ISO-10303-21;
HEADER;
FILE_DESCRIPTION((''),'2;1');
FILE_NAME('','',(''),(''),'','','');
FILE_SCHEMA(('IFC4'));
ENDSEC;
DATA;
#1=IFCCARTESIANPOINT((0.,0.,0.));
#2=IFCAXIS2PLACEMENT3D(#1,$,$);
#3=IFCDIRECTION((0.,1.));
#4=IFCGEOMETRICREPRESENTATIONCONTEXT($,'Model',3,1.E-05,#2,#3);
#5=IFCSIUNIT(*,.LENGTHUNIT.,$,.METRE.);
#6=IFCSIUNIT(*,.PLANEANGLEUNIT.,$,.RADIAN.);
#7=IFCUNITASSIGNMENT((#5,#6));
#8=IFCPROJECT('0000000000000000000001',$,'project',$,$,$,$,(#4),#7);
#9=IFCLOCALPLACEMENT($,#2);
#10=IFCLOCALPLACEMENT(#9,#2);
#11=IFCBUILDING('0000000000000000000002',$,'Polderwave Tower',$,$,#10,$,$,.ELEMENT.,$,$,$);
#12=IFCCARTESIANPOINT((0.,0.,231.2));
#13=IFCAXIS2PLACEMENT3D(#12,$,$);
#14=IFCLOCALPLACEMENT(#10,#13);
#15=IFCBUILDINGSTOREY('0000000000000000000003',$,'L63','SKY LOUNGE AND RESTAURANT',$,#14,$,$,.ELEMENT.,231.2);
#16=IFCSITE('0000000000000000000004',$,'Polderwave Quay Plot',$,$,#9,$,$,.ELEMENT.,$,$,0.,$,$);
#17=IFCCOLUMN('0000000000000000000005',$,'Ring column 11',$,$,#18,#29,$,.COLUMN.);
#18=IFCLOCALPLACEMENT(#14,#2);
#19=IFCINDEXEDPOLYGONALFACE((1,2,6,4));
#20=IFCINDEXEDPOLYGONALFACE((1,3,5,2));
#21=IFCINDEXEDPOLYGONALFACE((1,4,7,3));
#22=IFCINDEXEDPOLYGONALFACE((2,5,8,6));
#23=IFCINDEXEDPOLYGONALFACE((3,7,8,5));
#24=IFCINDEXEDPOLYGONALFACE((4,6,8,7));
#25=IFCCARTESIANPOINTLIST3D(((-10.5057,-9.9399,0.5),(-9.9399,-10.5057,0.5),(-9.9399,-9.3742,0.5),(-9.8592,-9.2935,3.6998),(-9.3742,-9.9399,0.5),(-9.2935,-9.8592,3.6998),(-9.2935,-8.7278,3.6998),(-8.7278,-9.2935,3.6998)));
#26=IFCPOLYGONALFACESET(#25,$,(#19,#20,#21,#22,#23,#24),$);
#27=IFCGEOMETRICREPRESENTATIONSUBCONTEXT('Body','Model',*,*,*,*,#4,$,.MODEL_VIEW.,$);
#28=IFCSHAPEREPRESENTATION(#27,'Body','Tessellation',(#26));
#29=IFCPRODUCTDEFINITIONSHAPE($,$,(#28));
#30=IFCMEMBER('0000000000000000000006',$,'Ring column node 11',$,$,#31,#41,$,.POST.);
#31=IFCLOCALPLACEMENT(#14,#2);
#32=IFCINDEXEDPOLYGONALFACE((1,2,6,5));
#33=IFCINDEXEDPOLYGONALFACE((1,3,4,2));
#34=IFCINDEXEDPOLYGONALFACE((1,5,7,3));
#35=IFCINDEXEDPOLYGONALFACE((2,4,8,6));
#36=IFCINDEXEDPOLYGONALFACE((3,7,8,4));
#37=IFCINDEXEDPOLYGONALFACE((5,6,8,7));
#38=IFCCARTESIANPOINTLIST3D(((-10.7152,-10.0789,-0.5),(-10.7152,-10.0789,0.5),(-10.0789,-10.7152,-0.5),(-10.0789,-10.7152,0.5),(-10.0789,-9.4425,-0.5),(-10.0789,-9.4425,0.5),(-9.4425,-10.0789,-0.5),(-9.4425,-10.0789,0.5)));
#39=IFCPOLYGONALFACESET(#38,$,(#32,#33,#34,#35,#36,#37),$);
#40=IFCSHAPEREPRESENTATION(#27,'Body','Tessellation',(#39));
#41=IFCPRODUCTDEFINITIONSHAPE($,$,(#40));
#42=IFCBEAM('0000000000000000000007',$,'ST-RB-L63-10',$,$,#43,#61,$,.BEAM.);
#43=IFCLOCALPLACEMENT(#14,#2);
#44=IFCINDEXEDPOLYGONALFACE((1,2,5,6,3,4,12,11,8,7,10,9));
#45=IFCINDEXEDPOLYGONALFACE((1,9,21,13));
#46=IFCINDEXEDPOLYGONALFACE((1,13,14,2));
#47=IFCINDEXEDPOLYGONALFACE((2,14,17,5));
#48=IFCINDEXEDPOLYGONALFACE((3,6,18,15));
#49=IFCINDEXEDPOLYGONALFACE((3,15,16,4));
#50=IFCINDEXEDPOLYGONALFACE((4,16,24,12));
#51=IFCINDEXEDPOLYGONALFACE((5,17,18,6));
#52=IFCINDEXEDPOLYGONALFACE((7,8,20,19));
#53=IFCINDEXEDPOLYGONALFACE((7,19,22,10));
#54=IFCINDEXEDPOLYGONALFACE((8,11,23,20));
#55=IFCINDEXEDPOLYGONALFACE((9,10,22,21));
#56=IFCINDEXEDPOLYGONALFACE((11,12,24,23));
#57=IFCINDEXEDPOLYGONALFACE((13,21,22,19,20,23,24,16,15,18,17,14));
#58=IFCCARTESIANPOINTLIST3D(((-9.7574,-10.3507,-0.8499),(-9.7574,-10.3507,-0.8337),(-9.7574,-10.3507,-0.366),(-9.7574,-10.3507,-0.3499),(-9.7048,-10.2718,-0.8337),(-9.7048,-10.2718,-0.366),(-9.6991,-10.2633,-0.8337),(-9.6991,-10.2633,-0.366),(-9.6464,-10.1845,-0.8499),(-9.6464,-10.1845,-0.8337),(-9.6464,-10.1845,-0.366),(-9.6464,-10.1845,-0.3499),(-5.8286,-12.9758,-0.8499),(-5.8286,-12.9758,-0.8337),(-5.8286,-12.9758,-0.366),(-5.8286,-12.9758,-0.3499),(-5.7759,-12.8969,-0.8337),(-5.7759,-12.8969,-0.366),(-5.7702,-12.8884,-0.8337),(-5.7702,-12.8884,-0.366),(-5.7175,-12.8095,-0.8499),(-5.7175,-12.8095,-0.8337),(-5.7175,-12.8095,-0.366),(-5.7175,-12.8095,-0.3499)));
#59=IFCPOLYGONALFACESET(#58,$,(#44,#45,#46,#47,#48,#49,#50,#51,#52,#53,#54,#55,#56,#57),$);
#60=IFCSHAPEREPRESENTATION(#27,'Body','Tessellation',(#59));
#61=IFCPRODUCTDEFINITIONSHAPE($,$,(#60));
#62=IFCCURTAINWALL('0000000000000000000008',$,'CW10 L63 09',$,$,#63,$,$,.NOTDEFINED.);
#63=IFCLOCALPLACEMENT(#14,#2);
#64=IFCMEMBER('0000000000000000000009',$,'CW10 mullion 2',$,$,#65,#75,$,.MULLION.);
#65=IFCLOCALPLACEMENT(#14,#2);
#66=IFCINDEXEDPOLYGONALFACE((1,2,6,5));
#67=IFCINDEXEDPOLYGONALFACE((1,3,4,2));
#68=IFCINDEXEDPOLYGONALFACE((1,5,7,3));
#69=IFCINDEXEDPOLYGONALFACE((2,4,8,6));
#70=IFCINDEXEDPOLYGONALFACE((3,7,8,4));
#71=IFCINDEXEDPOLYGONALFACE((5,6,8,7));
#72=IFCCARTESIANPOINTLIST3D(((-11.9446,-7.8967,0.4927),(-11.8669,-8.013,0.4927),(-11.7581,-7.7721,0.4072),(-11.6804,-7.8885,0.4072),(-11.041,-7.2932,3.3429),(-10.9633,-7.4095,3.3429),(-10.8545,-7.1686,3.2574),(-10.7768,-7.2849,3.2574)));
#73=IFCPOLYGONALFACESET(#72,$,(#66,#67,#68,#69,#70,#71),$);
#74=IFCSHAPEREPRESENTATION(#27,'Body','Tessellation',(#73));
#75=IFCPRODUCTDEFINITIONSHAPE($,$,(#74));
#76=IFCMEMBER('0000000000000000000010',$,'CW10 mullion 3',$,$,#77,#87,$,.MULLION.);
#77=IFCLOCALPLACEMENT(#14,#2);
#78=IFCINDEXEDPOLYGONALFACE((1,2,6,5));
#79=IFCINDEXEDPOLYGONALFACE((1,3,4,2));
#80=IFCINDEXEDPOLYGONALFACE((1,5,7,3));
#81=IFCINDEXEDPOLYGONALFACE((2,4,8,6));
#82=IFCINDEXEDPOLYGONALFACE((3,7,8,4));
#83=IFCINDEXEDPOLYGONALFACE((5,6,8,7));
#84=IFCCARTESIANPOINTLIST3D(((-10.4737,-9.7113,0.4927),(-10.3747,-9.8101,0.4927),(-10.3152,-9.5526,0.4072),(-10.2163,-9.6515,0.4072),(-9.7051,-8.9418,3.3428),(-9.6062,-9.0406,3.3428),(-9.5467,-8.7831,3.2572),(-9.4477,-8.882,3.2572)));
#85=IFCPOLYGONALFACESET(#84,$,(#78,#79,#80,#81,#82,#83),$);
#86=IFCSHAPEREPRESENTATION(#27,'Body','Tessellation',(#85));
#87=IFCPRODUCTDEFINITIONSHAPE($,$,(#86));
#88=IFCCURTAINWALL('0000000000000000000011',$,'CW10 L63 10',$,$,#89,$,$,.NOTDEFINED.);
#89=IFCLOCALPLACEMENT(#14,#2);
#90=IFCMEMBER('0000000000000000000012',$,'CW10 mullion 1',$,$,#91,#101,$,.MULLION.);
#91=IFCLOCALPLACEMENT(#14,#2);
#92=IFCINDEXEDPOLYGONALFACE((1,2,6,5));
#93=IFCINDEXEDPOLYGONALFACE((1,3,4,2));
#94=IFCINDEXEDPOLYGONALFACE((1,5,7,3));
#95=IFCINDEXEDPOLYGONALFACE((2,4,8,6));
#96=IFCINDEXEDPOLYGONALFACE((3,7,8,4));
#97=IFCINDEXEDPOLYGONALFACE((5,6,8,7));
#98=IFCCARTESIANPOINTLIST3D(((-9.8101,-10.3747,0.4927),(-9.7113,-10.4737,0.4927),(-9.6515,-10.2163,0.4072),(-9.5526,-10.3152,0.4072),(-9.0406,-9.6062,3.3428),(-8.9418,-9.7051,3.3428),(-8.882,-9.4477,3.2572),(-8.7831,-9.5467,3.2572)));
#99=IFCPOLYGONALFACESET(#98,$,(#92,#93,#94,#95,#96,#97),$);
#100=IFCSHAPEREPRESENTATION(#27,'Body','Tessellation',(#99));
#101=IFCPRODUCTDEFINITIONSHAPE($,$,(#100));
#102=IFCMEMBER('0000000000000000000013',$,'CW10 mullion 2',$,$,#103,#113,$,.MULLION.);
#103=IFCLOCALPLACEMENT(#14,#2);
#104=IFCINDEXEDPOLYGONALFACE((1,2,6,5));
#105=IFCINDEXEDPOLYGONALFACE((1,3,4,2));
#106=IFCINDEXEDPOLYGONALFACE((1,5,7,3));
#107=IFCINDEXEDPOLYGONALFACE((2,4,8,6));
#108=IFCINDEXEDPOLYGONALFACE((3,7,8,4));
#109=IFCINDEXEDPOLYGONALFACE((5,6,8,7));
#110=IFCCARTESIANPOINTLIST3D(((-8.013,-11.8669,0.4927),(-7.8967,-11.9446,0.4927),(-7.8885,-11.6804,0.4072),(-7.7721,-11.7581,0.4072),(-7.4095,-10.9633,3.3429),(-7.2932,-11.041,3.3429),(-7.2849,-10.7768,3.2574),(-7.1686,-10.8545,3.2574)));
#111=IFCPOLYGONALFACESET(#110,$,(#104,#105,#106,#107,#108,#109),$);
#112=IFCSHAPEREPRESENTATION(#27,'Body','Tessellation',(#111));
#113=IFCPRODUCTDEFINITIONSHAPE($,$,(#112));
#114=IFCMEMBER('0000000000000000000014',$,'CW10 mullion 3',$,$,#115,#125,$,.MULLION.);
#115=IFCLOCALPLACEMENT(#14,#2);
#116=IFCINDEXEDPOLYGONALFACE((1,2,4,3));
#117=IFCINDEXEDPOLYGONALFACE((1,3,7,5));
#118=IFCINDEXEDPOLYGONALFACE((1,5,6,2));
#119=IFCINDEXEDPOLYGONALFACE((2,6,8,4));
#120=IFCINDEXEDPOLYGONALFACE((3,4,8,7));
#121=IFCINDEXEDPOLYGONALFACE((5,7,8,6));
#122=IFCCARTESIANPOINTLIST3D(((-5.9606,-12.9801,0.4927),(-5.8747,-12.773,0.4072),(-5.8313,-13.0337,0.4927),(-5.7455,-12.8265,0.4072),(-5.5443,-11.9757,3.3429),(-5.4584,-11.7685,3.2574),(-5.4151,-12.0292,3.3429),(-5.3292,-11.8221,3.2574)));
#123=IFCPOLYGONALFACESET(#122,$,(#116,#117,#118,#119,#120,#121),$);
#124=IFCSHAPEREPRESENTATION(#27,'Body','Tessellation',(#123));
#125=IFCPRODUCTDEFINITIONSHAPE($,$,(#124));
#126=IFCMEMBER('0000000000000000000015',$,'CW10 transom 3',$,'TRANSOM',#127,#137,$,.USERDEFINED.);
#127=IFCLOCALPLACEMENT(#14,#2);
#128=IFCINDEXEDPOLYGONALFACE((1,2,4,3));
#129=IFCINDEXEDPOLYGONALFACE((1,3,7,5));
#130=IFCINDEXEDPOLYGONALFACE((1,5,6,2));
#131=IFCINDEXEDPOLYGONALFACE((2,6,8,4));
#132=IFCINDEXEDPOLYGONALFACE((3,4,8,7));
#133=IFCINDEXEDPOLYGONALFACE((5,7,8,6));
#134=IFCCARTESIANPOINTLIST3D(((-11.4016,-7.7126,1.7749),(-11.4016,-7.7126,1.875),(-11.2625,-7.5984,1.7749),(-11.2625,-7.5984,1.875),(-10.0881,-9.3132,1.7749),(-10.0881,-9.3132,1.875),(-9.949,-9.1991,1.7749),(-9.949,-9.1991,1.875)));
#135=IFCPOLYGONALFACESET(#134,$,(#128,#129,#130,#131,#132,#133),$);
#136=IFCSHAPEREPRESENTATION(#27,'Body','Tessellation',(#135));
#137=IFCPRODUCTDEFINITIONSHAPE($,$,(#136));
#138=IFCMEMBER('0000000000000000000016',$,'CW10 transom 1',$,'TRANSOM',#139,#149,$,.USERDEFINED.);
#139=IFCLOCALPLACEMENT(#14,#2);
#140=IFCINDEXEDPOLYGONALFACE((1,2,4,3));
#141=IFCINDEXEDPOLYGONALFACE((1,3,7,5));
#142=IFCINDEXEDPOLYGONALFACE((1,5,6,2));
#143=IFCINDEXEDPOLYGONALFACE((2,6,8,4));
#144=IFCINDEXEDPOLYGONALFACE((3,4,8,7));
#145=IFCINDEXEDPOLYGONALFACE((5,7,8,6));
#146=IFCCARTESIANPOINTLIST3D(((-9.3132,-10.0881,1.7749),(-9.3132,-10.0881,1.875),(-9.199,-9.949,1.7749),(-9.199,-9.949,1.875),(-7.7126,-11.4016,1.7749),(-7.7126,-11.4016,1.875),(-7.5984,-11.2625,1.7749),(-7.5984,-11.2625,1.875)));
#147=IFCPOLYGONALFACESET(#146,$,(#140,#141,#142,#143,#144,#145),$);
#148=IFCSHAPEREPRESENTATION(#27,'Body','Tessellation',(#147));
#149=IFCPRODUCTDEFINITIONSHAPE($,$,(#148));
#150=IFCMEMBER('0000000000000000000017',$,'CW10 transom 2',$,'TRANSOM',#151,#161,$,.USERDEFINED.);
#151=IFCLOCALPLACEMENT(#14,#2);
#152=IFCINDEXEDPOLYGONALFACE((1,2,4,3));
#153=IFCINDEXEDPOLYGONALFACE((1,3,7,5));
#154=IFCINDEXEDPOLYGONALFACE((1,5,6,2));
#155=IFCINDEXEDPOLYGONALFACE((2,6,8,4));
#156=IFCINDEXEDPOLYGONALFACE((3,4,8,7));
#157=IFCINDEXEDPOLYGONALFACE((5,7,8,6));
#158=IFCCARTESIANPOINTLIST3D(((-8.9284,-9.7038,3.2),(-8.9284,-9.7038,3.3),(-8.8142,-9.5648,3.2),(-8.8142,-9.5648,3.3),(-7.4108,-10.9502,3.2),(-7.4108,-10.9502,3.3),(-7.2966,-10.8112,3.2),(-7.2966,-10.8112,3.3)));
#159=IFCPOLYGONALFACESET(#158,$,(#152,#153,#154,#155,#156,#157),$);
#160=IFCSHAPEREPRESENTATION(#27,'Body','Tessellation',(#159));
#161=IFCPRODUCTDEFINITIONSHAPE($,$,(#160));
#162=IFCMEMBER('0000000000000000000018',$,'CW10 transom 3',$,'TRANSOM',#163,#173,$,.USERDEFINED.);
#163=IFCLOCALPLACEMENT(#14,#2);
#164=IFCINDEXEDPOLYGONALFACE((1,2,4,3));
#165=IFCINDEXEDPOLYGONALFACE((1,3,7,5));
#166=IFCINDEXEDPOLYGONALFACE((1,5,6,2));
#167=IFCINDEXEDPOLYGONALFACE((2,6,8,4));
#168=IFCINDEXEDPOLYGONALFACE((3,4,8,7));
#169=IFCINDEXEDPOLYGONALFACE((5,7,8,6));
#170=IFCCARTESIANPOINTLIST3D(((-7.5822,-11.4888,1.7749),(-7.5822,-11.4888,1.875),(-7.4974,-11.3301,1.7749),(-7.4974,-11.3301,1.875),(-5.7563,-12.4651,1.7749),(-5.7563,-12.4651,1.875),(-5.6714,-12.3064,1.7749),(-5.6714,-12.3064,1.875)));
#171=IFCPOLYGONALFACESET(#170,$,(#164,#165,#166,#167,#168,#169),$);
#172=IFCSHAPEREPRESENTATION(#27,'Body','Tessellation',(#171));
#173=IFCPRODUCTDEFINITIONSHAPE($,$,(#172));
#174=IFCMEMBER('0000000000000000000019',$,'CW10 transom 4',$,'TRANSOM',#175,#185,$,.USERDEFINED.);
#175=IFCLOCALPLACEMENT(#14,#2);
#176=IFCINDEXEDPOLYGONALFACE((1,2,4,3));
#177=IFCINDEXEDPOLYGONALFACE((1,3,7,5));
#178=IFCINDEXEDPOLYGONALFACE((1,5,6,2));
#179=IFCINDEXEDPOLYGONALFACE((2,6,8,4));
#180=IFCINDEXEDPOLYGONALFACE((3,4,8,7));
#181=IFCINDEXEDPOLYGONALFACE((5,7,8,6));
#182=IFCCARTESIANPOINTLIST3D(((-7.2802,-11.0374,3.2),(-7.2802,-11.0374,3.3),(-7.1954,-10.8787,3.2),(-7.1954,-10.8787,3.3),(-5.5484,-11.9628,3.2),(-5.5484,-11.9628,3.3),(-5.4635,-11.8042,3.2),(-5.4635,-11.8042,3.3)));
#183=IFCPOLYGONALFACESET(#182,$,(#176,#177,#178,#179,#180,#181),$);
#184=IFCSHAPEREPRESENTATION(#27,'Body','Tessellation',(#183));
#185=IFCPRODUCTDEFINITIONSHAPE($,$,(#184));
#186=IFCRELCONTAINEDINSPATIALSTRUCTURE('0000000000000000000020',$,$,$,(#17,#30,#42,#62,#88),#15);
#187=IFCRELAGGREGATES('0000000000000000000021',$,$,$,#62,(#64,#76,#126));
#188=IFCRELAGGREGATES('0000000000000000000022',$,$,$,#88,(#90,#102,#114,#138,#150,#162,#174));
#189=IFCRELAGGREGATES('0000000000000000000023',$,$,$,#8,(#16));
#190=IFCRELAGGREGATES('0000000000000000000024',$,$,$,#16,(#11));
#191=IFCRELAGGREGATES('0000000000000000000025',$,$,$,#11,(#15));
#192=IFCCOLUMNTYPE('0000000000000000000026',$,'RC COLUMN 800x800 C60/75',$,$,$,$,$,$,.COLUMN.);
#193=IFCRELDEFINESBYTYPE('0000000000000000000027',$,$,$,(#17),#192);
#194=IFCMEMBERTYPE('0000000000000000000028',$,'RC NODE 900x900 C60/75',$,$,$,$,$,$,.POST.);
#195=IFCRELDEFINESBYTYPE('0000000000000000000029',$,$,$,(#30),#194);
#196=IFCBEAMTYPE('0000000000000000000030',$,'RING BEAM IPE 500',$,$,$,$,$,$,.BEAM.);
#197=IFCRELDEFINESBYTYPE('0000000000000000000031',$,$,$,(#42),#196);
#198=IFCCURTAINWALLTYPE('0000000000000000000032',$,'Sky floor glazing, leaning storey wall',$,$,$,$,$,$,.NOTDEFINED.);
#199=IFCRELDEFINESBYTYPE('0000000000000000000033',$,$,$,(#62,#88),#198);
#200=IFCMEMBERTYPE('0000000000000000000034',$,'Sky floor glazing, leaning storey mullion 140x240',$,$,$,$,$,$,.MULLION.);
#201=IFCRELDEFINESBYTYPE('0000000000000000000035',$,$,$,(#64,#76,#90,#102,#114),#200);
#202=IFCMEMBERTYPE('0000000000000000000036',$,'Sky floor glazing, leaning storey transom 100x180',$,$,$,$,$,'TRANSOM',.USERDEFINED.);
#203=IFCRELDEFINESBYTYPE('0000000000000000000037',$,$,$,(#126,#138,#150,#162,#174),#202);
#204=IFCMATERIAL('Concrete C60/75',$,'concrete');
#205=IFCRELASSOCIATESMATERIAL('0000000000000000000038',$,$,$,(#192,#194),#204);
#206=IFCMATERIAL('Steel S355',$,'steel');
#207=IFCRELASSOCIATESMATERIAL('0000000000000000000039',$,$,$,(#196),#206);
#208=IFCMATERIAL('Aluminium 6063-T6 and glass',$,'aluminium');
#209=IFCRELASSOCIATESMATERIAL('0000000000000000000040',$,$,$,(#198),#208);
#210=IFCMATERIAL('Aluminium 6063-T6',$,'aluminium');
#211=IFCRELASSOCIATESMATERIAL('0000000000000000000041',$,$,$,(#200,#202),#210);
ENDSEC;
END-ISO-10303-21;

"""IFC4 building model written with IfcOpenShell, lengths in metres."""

from ifc_helpers import new_model, si_unit, direction, frame, origin, origin_2d, place, context, subcontext, project, spatial, rectangle, i_section, extrude, material, material_profile, profile_set, type_object, element, aggregate, save


model = new_model("IFC4")

# Units and contexts
model_context = context("Model", 3, precision=1e-05, world=origin(), true_north=direction((0.0, 1.0)))
body_context = subcontext(model_context, "Body", "Model", "MODEL_VIEW")
ifc_project = project(units=[si_unit("LENGTHUNIT", "METRE"), si_unit("PLANEANGLEUNIT", "RADIAN")], contexts=[model_context])

# Site, building, storey
site_placement = place(None, origin())
site = spatial("IfcSite", under=ifc_project, at=site_placement, Name="Polderwave Quay Plot", CompositionType="ELEMENT", RefElevation=0.0)
building_placement = place(site_placement, origin())
building = spatial("IfcBuilding", under=site, at=building_placement, Name="Polderwave Tower", CompositionType="ELEMENT")
storey_placement = place(building_placement, frame((0.0, 0.0, 231.2)))
storey = spatial("IfcBuildingStorey", under=building, at=storey_placement, Name="L63", Description="SKY LOUNGE AND RESTAURANT", CompositionType="ELEMENT", Elevation=231.2)

# Column
ifc_material_1 = material(Name="Concrete C60/75", Category="concrete")
ifc_material_profile_1 = material_profile(ifc_material_1, rectangle(XDim=0.8, YDim=0.8, at=origin_2d()), Name="RC 800x800")
ifc_profile_set_1 = profile_set([ifc_material_profile_1], Name="Concrete C60/75")
column_type = type_object("IfcColumnType", Name="RC COLUMN 800x800 C60/75", PredefinedType="COLUMN", material=ifc_profile_set_1)
column_placement = place(storey_placement, frame((-9.9399, -9.9399, 0.5), z_axis=(0.0, 0.0, 1.0), x_axis=(-0.707107, 0.707107, 0.0)))
element("IfcColumn", 1, at=column_placement, inside=storey, type_object=column_type, Name="Ring column 11", PredefinedType="COLUMN", context=body_context, shape_type="SweptSolid", body=[
    extrude(rectangle(XDim=0.8, YDim=0.8, at=origin_2d()), origin(), (0.0, -0.27472, 0.961524), 3.3279),
])

# Member
ifc_material_profile_2 = material_profile(ifc_material_1, rectangle(XDim=0.8999, YDim=0.8999, at=origin_2d()), Name="RC 900x900")
ifc_profile_set_2 = profile_set([ifc_material_profile_2], Name="Concrete C60/75")
member_type_1 = type_object("IfcMemberType", Name="RC NODE 900x900 C60/75", PredefinedType="POST", material=ifc_profile_set_2)
member_1_placement = place(storey_placement, frame((-10.0789, -10.0789, -0.5), z_axis=(0.0, 0.0, 1.0), x_axis=(-0.707107, -0.707107, 0.0)))
element("IfcMember", 2, at=member_1_placement, inside=storey, type_object=member_type_1, Name="Ring column node 11", PredefinedType="POST", context=body_context, shape_type="SweptSolid", body=[
    extrude(rectangle(XDim=0.8999, YDim=0.8999, at=origin_2d()), origin(), (0.0, 0.0, 1.0), 1.0),
])

# Beam
ifc_material_2 = material(Name="Steel S355", Category="steel")
ifc_material_profile_3 = material_profile(ifc_material_2, i_section(OverallWidth=0.2, OverallDepth=0.5, WebThickness=0.0103, FlangeThickness=0.0161, at=origin_2d()), Name="IPE 500")
ifc_profile_set_3 = profile_set([ifc_material_profile_3], Name="Steel S355")
beam_type = type_object("IfcBeamType", Name="RING BEAM IPE 500", PredefinedType="BEAM", material=ifc_profile_set_3)
beam_placement = place(storey_placement, frame((-9.7019, -10.2676, -0.5999), z_axis=(0.831478, -0.555558, 0.0), x_axis=(0.555558, 0.831478, 0.0)))
element("IfcBeam", 3, at=beam_placement, inside=storey, type_object=beam_type, Name="ST-RB-L63-10", PredefinedType="BEAM", context=body_context, shape_type="SweptSolid", body=[
    extrude(i_section(OverallWidth=0.2, OverallDepth=0.5, WebThickness=0.0103, FlangeThickness=0.0161, at=origin_2d()), origin(), (0.0, 0.0, 1.0), 4.7251),
])

# Curtain walls, members
ifc_material_3 = material(Name="Aluminium 6063-T6 and glass", Category="aluminium")
curtain_wall_type = type_object("IfcCurtainWallType", Name="Sky floor glazing, leaning storey wall", PredefinedType="NOTDEFINED", material=ifc_material_3)
curtain_wall_1_placement = place(storey_placement, origin())
curtain_wall_1 = element("IfcCurtainWall", 4, at=curtain_wall_1_placement, inside=storey, type_object=curtain_wall_type, Name="CW10 L63 09", PredefinedType="NOTDEFINED")
ifc_material_4 = material(Name="Aluminium 6063-T6", Category="aluminium")
ifc_material_profile_4 = material_profile(ifc_material_4, rectangle(XDim=0.1399, YDim=0.24, at=origin_2d()), Name="AL 140x240")
ifc_profile_set_4 = profile_set([ifc_material_profile_4], Name="Aluminium 6063-T6")
member_type_2 = type_object("IfcMemberType", Name="Sky floor glazing, leaning storey mullion 140x240", PredefinedType="MULLION", material=ifc_profile_set_4)
member_2_placement = place(storey_placement, frame((-11.8125, -7.8926, 0.45), z_axis=(0.296231, 0.197861, 0.934397), x_axis=(-0.555426, 0.831566, 0.0)))
member_2 = element("IfcMember", 5, at=member_2_placement, type_object=member_type_2, Name="CW10 mullion 2", PredefinedType="MULLION", context=body_context, shape_type="SweptSolid", body=[
    extrude(rectangle(XDim=0.1399, YDim=0.24, at=origin_2d()), origin(), (0.0, 0.0, 1.0), 3.0503),
])
member_3_placement = place(storey_placement, frame((-10.345, -9.6814, 0.45), z_axis=(0.251939, 0.252259, 0.934287), x_axis=(-0.707556, 0.706658, 0.0)))
member_3 = element("IfcMember", 6, at=member_3_placement, type_object=member_type_2, Name="CW10 mullion 3", PredefinedType="MULLION", context=body_context, shape_type="SweptSolid", body=[
    extrude(rectangle(XDim=0.1399, YDim=0.24, at=origin_2d()), origin(), (0.0, 0.0, 1.0), 3.0505),
])
curtain_wall_2_placement = place(storey_placement, origin())
curtain_wall_2 = element("IfcCurtainWall", 7, at=curtain_wall_2_placement, inside=storey, type_object=curtain_wall_type, Name="CW10 L63 10", PredefinedType="NOTDEFINED")
member_4_placement = place(storey_placement, frame((-9.6814, -10.345, 0.45), z_axis=(0.252259, 0.251939, 0.934287), x_axis=(-0.706658, 0.707556, 0.0)))
member_4 = element("IfcMember", 8, at=member_4_placement, type_object=member_type_2, Name="CW10 mullion 1", PredefinedType="MULLION", context=body_context, shape_type="SweptSolid", body=[
    extrude(rectangle(XDim=0.1399, YDim=0.24, at=origin_2d()), origin(), (0.0, 0.0, 1.0), 3.0505),
])
member_5_placement = place(storey_placement, frame((-7.8926, -11.8125, 0.45), z_axis=(0.197861, 0.296231, 0.934397), x_axis=(-0.831566, 0.555426, 0.0)))
member_5 = element("IfcMember", 9, at=member_5_placement, type_object=member_type_2, Name="CW10 mullion 2", PredefinedType="MULLION", context=body_context, shape_type="SweptSolid", body=[
    extrude(rectangle(XDim=0.1399, YDim=0.24, at=origin_2d()), origin(), (0.0, 0.0, 1.0), 3.0503),
])
member_6_placement = place(storey_placement, frame((-5.853, -12.9033, 0.45), z_axis=(0.136459, 0.329263, 0.934326), x_axis=(-0.923806, 0.382861, 0.0)))
member_6 = element("IfcMember", 10, at=member_6_placement, type_object=member_type_2, Name="CW10 mullion 3", PredefinedType="MULLION", context=body_context, shape_type="SweptSolid", body=[
    extrude(rectangle(XDim=0.1399, YDim=0.24, at=origin_2d()), origin(), (0.0, 0.0, 1.0), 3.0505),
])

# Members
ifc_material_profile_5 = material_profile(ifc_material_4, rectangle(XDim=0.1799, YDim=0.1001, at=origin_2d()), Name="AL 100x180")
ifc_profile_set_5 = profile_set([ifc_material_profile_5], Name="Aluminium 6063-T6")
member_type_3 = type_object("IfcMemberType", Name="Sky floor glazing, leaning storey transom 100x180", ElementType="TRANSOM", PredefinedType="USERDEFINED", material=ifc_profile_set_5)
member_7_placement = place(storey_placement, frame((-11.332, -7.6555, 1.825), z_axis=(0.634367, -0.773032, 0.0), x_axis=(0.773032, 0.634367, 0.0)))
member_7 = element("IfcMember", 11, at=member_7_placement, type_object=member_type_3, Name="CW10 transom 3", ObjectType="TRANSOM", PredefinedType="USERDEFINED", context=body_context, shape_type="SweptSolid", body=[
    extrude(rectangle(XDim=0.1799, YDim=0.1001, at=origin_2d()), origin(), (0.0, 0.0, 1.0), 2.0706),
])
member_8_placement = place(storey_placement, frame((-9.2561, -10.0186, 1.825), z_axis=(0.773032, -0.634367, 0.0), x_axis=(0.634367, 0.773032, 0.0)))
member_8 = element("IfcMember", 12, at=member_8_placement, type_object=member_type_3, Name="CW10 transom 1", ObjectType="TRANSOM", PredefinedType="USERDEFINED", context=body_context, shape_type="SweptSolid", body=[
    extrude(rectangle(XDim=0.1799, YDim=0.1001, at=origin_2d()), origin(), (0.0, 0.0, 1.0), 2.0706),
])
member_9_placement = place(storey_placement, frame((-8.8713, -9.6343, 3.25), z_axis=(0.772787, -0.634665, 0.0), x_axis=(0.634665, 0.772787, 0.0)))
member_9 = element("IfcMember", 13, at=member_9_placement, type_object=member_type_3, Name="CW10 transom 2", ObjectType="TRANSOM", PredefinedType="USERDEFINED", context=body_context, shape_type="SweptSolid", body=[
    extrude(rectangle(XDim=0.1799, YDim=0.1001, at=origin_2d()), origin(), (0.0, 0.0, 1.0), 1.9639),
])
member_10_placement = place(storey_placement, frame((-7.5398, -11.4094, 1.825), z_axis=(0.881853, -0.471524, 0.0), x_axis=(0.471524, 0.881853, 0.0)))
member_10 = element("IfcMember", 14, at=member_10_placement, type_object=member_type_3, Name="CW10 transom 3", ObjectType="TRANSOM", PredefinedType="USERDEFINED", context=body_context, shape_type="SweptSolid", body=[
    extrude(rectangle(XDim=0.1799, YDim=0.1001, at=origin_2d()), origin(), (0.0, 0.0, 1.0), 2.0706),
])
member_11_placement = place(storey_placement, frame((-7.2378, -10.958, 3.25), z_axis=(0.881964, -0.471317, 0.0), x_axis=(0.471317, 0.881964, 0.0)))
member_11 = element("IfcMember", 15, at=member_11_placement, type_object=member_type_3, Name="CW10 transom 4", ObjectType="TRANSOM", PredefinedType="USERDEFINED", context=body_context, shape_type="SweptSolid", body=[
    extrude(rectangle(XDim=0.1799, YDim=0.1001, at=origin_2d()), origin(), (0.0, 0.0, 1.0), 1.9636),
])

aggregate(curtain_wall_1, [member_2, member_3, member_7])
aggregate(curtain_wall_2, [member_4, member_5, member_6, member_8, member_9, member_10, member_11])

save(model, "model.ifc")
